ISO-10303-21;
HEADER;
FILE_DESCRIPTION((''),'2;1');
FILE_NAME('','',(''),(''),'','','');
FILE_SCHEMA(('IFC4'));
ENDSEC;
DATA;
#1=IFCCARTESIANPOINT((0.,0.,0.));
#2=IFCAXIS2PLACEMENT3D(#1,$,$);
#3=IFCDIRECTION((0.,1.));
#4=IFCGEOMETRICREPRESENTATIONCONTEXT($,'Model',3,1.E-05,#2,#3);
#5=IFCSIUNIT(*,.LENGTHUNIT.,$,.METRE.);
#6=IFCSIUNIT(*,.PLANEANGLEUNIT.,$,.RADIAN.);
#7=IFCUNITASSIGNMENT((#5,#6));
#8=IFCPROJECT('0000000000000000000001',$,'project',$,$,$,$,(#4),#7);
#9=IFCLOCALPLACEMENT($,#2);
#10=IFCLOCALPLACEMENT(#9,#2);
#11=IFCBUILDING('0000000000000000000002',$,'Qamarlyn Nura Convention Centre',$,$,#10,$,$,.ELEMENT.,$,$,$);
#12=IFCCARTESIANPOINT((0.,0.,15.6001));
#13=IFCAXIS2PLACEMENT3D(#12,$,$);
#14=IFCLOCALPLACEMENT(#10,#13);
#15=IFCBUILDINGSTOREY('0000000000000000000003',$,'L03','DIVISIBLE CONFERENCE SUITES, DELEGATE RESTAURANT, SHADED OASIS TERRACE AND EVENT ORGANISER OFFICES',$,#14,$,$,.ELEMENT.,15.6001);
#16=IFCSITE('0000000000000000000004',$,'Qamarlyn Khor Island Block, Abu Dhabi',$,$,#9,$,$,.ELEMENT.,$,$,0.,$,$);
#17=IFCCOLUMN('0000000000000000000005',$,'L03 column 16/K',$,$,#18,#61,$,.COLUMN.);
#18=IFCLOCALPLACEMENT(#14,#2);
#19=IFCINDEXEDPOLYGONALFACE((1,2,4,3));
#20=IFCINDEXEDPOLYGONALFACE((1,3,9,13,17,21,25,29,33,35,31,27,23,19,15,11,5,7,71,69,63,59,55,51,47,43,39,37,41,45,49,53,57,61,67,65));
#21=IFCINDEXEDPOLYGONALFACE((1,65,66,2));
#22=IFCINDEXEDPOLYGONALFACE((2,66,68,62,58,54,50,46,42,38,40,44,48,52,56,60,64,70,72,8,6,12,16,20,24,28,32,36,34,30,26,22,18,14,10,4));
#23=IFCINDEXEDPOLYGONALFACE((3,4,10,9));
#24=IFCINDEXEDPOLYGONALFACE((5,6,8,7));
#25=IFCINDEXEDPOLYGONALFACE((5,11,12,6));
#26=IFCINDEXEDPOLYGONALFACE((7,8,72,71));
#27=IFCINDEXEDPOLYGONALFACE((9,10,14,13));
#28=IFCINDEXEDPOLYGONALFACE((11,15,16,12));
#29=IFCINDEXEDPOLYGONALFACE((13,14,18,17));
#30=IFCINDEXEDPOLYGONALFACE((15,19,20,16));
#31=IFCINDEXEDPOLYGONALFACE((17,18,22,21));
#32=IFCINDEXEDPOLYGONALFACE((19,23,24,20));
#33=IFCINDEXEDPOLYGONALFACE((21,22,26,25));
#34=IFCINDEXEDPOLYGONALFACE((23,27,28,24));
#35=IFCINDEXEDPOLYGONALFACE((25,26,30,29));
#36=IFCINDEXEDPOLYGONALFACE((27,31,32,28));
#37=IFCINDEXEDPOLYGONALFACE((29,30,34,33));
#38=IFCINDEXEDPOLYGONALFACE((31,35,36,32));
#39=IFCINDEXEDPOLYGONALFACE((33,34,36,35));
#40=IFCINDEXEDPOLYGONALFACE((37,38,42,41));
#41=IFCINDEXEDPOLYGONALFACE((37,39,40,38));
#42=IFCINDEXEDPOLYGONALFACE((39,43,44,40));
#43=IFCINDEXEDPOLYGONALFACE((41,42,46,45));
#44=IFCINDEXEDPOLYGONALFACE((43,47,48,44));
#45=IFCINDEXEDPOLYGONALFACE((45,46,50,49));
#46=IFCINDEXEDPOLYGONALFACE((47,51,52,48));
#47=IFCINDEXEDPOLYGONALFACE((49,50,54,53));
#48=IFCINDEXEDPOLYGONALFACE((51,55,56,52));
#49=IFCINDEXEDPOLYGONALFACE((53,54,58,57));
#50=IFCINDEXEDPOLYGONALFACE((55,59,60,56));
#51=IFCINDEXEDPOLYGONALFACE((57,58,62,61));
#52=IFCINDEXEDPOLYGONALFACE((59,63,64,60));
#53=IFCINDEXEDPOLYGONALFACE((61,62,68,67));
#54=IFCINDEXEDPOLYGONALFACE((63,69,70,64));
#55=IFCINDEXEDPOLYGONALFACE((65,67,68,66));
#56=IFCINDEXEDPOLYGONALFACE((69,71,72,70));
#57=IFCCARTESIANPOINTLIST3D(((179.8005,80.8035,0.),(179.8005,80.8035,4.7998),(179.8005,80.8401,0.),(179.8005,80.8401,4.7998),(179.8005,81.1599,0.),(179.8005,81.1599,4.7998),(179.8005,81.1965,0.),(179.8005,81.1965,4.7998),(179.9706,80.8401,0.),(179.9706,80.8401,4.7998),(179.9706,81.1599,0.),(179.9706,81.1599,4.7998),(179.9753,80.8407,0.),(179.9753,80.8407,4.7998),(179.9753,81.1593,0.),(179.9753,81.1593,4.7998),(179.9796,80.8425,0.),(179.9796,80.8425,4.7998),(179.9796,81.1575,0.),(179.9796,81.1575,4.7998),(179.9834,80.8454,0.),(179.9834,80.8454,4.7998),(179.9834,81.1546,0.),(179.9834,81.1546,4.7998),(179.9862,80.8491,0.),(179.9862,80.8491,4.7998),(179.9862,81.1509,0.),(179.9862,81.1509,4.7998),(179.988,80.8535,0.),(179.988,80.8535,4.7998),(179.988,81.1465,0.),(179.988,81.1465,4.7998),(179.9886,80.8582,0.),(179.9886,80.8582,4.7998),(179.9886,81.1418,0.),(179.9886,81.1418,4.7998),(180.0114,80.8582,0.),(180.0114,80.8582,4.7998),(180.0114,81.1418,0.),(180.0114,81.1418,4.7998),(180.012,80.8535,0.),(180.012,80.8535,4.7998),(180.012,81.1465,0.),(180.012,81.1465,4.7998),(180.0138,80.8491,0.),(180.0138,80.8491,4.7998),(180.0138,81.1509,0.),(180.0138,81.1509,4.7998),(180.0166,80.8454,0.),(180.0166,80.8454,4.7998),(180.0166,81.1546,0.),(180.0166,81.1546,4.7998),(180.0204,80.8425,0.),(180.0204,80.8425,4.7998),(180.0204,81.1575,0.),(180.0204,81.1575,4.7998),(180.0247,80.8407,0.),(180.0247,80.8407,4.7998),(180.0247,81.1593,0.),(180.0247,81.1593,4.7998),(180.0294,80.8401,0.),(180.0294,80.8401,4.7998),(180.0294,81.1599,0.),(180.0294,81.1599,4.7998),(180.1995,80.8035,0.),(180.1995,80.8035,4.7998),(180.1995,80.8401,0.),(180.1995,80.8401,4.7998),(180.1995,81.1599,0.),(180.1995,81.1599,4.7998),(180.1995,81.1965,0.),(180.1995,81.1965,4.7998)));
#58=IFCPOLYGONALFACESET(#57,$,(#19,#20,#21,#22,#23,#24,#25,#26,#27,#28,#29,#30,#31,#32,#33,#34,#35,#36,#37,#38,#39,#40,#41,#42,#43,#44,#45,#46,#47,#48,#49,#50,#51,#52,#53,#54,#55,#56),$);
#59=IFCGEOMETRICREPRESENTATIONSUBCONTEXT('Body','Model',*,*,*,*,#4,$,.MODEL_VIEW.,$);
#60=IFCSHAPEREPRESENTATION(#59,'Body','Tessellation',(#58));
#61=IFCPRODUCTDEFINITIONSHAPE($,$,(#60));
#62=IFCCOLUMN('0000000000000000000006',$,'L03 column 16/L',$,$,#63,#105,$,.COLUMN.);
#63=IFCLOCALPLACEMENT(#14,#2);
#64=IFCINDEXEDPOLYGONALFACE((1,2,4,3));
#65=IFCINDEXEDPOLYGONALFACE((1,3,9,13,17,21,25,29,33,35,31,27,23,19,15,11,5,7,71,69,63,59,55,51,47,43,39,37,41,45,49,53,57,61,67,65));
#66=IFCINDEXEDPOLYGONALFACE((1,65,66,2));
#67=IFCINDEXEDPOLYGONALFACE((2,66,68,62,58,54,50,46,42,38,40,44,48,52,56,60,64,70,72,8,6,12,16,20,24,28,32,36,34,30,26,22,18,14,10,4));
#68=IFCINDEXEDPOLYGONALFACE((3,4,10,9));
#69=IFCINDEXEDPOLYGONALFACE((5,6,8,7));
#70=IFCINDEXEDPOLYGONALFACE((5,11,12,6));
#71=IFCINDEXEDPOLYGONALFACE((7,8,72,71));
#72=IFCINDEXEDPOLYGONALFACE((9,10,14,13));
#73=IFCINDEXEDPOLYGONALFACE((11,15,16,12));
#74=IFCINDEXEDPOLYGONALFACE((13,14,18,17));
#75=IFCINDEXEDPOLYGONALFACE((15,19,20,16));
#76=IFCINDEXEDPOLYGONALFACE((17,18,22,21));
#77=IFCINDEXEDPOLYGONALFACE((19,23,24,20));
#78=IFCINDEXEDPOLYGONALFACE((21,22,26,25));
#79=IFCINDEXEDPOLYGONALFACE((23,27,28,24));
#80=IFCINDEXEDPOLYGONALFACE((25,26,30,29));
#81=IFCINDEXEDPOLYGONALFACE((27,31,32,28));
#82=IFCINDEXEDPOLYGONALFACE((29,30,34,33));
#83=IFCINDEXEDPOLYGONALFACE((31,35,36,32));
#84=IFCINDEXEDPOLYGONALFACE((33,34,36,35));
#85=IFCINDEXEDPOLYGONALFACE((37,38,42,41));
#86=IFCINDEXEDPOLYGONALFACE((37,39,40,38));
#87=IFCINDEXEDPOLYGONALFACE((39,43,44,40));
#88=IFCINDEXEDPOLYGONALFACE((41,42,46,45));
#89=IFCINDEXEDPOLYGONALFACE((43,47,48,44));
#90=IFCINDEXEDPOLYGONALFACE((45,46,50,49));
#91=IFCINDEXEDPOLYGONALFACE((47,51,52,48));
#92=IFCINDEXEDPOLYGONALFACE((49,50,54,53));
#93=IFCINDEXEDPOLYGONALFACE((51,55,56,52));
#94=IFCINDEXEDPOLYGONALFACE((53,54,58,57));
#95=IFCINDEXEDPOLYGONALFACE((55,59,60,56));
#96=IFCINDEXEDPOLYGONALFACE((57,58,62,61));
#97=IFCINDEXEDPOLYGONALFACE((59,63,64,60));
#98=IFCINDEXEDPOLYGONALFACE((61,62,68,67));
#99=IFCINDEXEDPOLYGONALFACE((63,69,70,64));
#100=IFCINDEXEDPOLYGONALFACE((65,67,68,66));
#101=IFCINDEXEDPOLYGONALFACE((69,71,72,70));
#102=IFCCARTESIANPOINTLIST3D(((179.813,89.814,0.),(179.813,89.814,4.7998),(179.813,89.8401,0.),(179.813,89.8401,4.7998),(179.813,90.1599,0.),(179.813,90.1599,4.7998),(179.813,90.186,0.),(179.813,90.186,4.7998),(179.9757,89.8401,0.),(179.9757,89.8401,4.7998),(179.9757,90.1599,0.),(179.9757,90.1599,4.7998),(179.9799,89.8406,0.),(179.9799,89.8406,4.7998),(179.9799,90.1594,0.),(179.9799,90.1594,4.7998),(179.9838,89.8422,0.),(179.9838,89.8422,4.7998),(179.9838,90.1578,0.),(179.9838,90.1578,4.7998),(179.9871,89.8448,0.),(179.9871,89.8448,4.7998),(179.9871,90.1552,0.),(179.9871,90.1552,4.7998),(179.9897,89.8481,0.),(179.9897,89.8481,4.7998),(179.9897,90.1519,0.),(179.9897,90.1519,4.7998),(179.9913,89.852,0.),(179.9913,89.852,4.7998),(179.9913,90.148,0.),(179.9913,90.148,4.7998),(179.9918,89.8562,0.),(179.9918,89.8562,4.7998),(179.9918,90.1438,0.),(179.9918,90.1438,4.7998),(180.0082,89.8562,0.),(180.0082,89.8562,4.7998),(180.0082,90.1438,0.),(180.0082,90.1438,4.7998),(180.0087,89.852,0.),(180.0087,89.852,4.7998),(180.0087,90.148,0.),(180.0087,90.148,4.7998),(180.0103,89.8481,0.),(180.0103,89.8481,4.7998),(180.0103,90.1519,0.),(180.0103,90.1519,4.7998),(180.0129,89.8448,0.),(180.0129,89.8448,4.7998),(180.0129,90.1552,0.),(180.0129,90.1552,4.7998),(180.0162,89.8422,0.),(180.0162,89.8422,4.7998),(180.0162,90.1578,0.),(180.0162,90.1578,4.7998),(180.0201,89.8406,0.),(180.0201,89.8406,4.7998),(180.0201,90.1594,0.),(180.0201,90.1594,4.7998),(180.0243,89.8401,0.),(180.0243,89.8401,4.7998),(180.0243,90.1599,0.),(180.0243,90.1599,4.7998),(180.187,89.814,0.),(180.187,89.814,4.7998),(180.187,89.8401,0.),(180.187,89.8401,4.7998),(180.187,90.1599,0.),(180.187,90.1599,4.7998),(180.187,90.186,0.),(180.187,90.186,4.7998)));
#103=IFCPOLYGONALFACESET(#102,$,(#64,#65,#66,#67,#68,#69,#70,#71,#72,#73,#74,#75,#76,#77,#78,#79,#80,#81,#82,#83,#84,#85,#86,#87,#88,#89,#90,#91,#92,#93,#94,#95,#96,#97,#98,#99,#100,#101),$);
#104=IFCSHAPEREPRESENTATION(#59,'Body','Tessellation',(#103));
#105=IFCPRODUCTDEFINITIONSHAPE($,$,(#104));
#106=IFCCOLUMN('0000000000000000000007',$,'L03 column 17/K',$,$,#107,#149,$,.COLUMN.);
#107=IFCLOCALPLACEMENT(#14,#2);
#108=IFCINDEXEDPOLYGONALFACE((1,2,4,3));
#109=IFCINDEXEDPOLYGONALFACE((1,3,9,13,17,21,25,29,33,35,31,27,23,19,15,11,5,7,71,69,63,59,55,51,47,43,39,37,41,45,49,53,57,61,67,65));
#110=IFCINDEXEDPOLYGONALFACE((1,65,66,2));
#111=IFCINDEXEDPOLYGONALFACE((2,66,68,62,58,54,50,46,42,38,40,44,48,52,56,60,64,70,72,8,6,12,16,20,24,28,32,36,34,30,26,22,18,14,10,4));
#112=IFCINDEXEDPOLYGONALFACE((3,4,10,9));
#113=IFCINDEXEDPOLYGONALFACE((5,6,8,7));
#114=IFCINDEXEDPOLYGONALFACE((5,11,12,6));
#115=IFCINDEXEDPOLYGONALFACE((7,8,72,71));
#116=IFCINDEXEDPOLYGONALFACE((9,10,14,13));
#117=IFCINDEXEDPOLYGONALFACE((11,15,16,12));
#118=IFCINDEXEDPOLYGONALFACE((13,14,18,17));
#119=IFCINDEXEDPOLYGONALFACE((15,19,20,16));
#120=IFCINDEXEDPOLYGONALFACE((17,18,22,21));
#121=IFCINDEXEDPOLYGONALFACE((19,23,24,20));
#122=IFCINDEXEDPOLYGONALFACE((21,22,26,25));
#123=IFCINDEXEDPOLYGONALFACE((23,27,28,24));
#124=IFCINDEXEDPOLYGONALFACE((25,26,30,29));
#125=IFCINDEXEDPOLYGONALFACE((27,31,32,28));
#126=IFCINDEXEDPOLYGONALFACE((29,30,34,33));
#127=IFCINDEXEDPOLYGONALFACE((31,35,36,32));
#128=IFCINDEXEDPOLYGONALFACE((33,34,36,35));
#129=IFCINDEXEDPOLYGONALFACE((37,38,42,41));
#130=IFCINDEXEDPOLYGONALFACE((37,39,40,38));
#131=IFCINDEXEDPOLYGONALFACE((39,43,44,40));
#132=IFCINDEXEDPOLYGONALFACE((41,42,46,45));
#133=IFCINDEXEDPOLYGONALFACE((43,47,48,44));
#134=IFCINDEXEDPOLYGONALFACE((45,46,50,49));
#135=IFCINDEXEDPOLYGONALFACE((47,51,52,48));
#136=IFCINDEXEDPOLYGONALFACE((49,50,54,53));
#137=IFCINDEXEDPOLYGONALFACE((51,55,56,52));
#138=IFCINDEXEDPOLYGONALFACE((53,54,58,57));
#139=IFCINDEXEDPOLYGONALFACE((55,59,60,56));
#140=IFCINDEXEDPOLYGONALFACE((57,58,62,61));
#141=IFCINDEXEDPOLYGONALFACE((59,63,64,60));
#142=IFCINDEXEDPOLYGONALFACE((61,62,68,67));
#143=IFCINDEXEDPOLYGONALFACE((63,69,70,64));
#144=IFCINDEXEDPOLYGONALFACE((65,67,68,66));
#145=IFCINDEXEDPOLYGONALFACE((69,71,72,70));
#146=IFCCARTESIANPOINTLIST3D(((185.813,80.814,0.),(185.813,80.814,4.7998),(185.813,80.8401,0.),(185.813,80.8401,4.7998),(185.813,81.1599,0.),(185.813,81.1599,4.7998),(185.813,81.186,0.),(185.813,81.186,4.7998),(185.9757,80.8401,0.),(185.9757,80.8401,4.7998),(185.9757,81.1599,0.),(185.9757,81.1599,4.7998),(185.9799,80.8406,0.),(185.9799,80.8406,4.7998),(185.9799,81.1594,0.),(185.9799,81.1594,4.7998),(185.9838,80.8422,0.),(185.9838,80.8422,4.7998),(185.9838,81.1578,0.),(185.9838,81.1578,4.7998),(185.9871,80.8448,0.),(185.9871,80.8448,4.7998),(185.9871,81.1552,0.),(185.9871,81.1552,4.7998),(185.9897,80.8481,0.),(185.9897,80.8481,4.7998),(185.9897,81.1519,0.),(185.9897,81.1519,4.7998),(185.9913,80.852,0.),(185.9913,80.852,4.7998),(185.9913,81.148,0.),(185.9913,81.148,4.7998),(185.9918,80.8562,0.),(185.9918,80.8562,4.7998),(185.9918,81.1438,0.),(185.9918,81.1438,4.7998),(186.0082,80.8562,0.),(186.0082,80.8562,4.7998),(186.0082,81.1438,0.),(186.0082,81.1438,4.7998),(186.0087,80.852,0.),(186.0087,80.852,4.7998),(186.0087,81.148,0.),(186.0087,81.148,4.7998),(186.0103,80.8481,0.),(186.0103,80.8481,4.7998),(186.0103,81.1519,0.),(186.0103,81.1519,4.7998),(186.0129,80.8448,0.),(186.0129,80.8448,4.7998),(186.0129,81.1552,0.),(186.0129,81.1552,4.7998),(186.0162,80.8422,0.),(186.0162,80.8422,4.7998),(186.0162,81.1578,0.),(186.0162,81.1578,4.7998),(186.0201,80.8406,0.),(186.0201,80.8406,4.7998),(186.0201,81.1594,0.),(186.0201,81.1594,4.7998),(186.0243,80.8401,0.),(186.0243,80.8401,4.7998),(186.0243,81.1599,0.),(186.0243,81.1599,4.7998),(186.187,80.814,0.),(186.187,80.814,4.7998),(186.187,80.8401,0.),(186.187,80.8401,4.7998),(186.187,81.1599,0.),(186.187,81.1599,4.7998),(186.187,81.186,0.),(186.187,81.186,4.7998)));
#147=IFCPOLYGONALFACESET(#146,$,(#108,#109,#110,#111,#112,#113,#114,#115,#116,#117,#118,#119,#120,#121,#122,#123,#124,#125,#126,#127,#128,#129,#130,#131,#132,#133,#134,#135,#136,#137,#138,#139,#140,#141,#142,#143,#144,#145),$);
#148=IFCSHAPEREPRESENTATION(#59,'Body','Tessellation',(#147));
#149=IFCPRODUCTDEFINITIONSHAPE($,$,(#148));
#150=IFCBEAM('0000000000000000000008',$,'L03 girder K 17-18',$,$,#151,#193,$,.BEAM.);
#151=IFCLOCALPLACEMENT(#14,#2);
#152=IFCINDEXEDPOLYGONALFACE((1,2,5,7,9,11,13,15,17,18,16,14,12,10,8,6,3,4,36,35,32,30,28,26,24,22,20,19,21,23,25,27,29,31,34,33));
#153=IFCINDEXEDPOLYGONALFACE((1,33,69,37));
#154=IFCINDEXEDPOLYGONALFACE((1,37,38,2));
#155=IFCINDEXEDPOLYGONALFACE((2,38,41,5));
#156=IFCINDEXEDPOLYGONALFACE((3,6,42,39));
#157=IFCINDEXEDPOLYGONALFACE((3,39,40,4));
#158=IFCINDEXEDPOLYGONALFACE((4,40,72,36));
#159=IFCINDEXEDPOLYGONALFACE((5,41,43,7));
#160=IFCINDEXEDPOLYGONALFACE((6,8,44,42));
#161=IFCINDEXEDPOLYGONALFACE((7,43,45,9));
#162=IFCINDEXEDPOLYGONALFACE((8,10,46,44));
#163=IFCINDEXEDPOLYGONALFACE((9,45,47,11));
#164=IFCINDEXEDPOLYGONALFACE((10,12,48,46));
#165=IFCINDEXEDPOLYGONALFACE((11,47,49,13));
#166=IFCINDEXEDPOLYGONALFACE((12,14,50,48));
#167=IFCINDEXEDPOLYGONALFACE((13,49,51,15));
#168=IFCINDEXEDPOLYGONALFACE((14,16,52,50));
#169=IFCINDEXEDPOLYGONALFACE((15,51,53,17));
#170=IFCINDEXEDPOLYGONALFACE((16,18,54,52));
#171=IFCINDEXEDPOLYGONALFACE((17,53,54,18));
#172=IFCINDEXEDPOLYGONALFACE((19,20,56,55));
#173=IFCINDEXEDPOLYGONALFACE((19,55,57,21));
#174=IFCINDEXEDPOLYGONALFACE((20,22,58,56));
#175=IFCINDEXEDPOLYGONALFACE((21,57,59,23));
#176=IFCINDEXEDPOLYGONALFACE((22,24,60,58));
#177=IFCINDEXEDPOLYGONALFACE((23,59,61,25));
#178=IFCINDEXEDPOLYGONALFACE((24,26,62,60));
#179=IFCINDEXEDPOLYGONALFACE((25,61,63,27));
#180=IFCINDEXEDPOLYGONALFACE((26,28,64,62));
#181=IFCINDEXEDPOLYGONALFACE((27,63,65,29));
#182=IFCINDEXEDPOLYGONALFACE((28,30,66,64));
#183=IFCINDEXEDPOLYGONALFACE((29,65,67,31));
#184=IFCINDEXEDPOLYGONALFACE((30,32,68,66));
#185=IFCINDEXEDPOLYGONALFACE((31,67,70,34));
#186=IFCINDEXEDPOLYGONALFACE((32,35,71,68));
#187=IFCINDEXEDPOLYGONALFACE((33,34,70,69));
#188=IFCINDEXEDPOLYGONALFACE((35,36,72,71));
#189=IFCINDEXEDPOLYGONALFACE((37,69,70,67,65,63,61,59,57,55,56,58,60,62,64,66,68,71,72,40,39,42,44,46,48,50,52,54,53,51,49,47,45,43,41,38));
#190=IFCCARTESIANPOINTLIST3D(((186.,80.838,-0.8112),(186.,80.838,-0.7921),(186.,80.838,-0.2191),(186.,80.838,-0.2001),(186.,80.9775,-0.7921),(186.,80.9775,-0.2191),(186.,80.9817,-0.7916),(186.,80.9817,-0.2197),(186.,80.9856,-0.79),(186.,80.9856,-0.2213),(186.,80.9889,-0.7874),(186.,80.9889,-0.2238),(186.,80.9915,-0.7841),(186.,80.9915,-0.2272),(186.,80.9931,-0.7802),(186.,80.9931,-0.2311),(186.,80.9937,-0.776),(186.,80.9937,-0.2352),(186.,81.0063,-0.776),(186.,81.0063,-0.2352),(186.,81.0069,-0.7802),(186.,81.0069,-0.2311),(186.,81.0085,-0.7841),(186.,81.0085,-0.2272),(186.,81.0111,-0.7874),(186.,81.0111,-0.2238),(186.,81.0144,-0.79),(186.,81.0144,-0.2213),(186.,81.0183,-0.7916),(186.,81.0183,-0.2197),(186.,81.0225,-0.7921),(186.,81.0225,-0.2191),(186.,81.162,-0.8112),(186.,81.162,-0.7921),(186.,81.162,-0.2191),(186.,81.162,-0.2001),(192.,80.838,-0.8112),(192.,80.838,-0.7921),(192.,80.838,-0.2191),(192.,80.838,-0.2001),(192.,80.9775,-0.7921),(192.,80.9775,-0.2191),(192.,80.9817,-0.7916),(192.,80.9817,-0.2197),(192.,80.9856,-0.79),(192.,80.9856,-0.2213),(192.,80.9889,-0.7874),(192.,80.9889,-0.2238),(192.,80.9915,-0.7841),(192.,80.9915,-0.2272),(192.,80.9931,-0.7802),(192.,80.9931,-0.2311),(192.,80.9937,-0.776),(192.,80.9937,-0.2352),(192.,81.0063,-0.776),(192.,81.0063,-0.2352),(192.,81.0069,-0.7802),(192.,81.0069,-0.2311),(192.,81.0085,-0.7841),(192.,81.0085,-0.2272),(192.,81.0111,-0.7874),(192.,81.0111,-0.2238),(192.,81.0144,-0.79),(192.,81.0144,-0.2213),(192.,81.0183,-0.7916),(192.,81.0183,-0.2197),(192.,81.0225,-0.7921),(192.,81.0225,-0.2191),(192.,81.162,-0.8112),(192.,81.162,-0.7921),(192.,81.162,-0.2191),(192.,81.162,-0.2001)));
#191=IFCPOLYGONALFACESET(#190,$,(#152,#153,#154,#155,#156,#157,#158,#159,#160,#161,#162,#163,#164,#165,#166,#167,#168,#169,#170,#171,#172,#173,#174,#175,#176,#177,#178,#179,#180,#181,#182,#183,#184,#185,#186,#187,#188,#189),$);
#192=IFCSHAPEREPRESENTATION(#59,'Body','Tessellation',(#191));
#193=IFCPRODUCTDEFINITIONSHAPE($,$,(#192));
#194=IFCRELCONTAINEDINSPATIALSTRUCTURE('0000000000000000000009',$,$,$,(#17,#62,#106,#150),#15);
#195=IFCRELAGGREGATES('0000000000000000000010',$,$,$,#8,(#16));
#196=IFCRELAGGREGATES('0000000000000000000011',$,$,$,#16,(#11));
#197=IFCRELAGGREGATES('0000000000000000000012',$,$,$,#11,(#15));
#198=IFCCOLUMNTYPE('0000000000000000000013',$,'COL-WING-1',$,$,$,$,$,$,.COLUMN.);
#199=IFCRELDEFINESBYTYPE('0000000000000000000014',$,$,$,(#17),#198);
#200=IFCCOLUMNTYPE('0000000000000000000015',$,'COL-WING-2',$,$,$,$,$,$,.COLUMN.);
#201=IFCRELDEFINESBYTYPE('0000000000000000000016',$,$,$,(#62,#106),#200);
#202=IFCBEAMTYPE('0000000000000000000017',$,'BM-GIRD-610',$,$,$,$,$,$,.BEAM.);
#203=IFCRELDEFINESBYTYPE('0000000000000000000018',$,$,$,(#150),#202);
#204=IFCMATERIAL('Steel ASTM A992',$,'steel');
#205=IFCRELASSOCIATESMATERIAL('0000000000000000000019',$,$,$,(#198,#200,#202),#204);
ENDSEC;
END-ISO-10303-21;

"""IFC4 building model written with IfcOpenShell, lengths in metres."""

from ifc_helpers import new_model, si_unit, direction, frame, origin, origin_2d, place, context, subcontext, project, spatial, i_section, extrude, material, material_profile, profile_set, type_object, element, save


model = new_model("IFC4")

# Units and contexts
model_context = context("Model", 3, precision=1e-05, world=origin(), true_north=direction((0.0, 1.0)))
body_context = subcontext(model_context, "Body", "Model", "MODEL_VIEW")
ifc_project = project(units=[si_unit("LENGTHUNIT", "METRE"), si_unit("PLANEANGLEUNIT", "RADIAN")], contexts=[model_context])

# Site, building, storey
site_placement = place(None, origin())
site = spatial("IfcSite", under=ifc_project, at=site_placement, Name="Qamarlyn Khor Island Block, Abu Dhabi", CompositionType="ELEMENT", RefElevation=0.0)
building_placement = place(site_placement, origin())
building = spatial("IfcBuilding", under=site, at=building_placement, Name="Qamarlyn Nura Convention Centre", CompositionType="ELEMENT")
storey_placement = place(building_placement, frame((0.0, 0.0, 15.6001)))
storey = spatial("IfcBuildingStorey", under=building, at=storey_placement, Name="L03", Description="DIVISIBLE CONFERENCE SUITES, DELEGATE RESTAURANT, SHADED OASIS TERRACE AND EVENT ORGANISER OFFICES", CompositionType="ELEMENT", Elevation=15.6001)

# Columns
ifc_material_1 = material(Name="Steel ASTM A992", Category="steel")
ifc_material_profile_1 = material_profile(ifc_material_1, i_section(OverallWidth=0.3989, OverallDepth=0.3931, WebThickness=0.0227, FlangeThickness=0.0366, FilletRadius=0.0181, at=origin_2d()), Name="W360X287")
ifc_profile_set_1 = profile_set([ifc_material_profile_1], Name="Steel ASTM A992")
column_type_1 = type_object("IfcColumnType", Name="COL-WING-1", PredefinedType="COLUMN", material=ifc_profile_set_1)
column_placement = place(storey_placement, frame((180.0, 81.0, 0.0), z_axis=(0.0, 0.0, 1.0), x_axis=(1.0, 0.0, 0.0)))
element("IfcColumn", 1, at=column_placement, inside=storey, type_object=column_type_1, Name="L03 column 16/K", PredefinedType="COLUMN", context=body_context, shape_type="SweptSolid", body=[
    extrude(i_section(OverallWidth=0.3989, OverallDepth=0.3931, WebThickness=0.0227, FlangeThickness=0.0366, FilletRadius=0.0181, at=origin_2d()), origin(), (0.0, 0.0, 1.0), 4.7998),
])
ifc_material_profile_2 = material_profile(ifc_material_1, i_section(OverallWidth=0.374, OverallDepth=0.3721, WebThickness=0.0164, FlangeThickness=0.0261, FilletRadius=0.0161, at=origin_2d()), Name="W360X196")
ifc_profile_set_2 = profile_set([ifc_material_profile_2], Name="Steel ASTM A992")
column_type_2 = type_object("IfcColumnType", Name="COL-WING-2", PredefinedType="COLUMN", material=ifc_profile_set_2)
for number, where, z_axis, x_axis, name in (
    (2, (180.0, 90.0, 0.0), (0.0, 0.0, 1.0), (1.0, 0.0, 0.0), "L03 column 16/L"),
    (3, (186.0, 81.0, 0.0), (0.0, 0.0, 1.0), (1.0, 0.0, 0.0), "L03 column 17/K"),
):
    element("IfcColumn", number, at=place(storey_placement, frame(where, z_axis=z_axis, x_axis=x_axis)), inside=storey, type_object=column_type_2, Name=name, PredefinedType="COLUMN", context=body_context, shape_type="SweptSolid", body=[
        extrude(i_section(OverallWidth=0.374, OverallDepth=0.3721, WebThickness=0.0164, FlangeThickness=0.0261, FilletRadius=0.0161, at=origin_2d()), origin(), (0.0, 0.0, 1.0), 4.7998),
    ])

# Beam
ifc_material_profile_3 = material_profile(ifc_material_1, i_section(OverallWidth=0.324, OverallDepth=0.6111, WebThickness=0.0127, FlangeThickness=0.019, FilletRadius=0.0161, at=origin_2d()), Name="W610X155")
ifc_profile_set_3 = profile_set([ifc_material_profile_3], Name="Steel ASTM A992")
beam_type_1 = type_object("IfcBeamType", Name="BM-GIRD-610", PredefinedType="BEAM", material=ifc_profile_set_3)
beam_1_placement = place(storey_placement, frame((186.0, 81.0, -0.5056), z_axis=(1.0, 0.0, 0.0), x_axis=(0.0, 1.0, 0.0)))
element("IfcBeam", 4, at=beam_1_placement, inside=storey, type_object=beam_type_1, Name="L03 girder K 17-18", PredefinedType="BEAM", context=body_context, shape_type="SweptSolid", body=[
    extrude(i_section(OverallWidth=0.324, OverallDepth=0.6111, WebThickness=0.0127, FlangeThickness=0.019, FilletRadius=0.0161, at=origin_2d()), origin(), (0.0, 0.0, 1.0), 6.0),
])

save(model, "model.ifc")
